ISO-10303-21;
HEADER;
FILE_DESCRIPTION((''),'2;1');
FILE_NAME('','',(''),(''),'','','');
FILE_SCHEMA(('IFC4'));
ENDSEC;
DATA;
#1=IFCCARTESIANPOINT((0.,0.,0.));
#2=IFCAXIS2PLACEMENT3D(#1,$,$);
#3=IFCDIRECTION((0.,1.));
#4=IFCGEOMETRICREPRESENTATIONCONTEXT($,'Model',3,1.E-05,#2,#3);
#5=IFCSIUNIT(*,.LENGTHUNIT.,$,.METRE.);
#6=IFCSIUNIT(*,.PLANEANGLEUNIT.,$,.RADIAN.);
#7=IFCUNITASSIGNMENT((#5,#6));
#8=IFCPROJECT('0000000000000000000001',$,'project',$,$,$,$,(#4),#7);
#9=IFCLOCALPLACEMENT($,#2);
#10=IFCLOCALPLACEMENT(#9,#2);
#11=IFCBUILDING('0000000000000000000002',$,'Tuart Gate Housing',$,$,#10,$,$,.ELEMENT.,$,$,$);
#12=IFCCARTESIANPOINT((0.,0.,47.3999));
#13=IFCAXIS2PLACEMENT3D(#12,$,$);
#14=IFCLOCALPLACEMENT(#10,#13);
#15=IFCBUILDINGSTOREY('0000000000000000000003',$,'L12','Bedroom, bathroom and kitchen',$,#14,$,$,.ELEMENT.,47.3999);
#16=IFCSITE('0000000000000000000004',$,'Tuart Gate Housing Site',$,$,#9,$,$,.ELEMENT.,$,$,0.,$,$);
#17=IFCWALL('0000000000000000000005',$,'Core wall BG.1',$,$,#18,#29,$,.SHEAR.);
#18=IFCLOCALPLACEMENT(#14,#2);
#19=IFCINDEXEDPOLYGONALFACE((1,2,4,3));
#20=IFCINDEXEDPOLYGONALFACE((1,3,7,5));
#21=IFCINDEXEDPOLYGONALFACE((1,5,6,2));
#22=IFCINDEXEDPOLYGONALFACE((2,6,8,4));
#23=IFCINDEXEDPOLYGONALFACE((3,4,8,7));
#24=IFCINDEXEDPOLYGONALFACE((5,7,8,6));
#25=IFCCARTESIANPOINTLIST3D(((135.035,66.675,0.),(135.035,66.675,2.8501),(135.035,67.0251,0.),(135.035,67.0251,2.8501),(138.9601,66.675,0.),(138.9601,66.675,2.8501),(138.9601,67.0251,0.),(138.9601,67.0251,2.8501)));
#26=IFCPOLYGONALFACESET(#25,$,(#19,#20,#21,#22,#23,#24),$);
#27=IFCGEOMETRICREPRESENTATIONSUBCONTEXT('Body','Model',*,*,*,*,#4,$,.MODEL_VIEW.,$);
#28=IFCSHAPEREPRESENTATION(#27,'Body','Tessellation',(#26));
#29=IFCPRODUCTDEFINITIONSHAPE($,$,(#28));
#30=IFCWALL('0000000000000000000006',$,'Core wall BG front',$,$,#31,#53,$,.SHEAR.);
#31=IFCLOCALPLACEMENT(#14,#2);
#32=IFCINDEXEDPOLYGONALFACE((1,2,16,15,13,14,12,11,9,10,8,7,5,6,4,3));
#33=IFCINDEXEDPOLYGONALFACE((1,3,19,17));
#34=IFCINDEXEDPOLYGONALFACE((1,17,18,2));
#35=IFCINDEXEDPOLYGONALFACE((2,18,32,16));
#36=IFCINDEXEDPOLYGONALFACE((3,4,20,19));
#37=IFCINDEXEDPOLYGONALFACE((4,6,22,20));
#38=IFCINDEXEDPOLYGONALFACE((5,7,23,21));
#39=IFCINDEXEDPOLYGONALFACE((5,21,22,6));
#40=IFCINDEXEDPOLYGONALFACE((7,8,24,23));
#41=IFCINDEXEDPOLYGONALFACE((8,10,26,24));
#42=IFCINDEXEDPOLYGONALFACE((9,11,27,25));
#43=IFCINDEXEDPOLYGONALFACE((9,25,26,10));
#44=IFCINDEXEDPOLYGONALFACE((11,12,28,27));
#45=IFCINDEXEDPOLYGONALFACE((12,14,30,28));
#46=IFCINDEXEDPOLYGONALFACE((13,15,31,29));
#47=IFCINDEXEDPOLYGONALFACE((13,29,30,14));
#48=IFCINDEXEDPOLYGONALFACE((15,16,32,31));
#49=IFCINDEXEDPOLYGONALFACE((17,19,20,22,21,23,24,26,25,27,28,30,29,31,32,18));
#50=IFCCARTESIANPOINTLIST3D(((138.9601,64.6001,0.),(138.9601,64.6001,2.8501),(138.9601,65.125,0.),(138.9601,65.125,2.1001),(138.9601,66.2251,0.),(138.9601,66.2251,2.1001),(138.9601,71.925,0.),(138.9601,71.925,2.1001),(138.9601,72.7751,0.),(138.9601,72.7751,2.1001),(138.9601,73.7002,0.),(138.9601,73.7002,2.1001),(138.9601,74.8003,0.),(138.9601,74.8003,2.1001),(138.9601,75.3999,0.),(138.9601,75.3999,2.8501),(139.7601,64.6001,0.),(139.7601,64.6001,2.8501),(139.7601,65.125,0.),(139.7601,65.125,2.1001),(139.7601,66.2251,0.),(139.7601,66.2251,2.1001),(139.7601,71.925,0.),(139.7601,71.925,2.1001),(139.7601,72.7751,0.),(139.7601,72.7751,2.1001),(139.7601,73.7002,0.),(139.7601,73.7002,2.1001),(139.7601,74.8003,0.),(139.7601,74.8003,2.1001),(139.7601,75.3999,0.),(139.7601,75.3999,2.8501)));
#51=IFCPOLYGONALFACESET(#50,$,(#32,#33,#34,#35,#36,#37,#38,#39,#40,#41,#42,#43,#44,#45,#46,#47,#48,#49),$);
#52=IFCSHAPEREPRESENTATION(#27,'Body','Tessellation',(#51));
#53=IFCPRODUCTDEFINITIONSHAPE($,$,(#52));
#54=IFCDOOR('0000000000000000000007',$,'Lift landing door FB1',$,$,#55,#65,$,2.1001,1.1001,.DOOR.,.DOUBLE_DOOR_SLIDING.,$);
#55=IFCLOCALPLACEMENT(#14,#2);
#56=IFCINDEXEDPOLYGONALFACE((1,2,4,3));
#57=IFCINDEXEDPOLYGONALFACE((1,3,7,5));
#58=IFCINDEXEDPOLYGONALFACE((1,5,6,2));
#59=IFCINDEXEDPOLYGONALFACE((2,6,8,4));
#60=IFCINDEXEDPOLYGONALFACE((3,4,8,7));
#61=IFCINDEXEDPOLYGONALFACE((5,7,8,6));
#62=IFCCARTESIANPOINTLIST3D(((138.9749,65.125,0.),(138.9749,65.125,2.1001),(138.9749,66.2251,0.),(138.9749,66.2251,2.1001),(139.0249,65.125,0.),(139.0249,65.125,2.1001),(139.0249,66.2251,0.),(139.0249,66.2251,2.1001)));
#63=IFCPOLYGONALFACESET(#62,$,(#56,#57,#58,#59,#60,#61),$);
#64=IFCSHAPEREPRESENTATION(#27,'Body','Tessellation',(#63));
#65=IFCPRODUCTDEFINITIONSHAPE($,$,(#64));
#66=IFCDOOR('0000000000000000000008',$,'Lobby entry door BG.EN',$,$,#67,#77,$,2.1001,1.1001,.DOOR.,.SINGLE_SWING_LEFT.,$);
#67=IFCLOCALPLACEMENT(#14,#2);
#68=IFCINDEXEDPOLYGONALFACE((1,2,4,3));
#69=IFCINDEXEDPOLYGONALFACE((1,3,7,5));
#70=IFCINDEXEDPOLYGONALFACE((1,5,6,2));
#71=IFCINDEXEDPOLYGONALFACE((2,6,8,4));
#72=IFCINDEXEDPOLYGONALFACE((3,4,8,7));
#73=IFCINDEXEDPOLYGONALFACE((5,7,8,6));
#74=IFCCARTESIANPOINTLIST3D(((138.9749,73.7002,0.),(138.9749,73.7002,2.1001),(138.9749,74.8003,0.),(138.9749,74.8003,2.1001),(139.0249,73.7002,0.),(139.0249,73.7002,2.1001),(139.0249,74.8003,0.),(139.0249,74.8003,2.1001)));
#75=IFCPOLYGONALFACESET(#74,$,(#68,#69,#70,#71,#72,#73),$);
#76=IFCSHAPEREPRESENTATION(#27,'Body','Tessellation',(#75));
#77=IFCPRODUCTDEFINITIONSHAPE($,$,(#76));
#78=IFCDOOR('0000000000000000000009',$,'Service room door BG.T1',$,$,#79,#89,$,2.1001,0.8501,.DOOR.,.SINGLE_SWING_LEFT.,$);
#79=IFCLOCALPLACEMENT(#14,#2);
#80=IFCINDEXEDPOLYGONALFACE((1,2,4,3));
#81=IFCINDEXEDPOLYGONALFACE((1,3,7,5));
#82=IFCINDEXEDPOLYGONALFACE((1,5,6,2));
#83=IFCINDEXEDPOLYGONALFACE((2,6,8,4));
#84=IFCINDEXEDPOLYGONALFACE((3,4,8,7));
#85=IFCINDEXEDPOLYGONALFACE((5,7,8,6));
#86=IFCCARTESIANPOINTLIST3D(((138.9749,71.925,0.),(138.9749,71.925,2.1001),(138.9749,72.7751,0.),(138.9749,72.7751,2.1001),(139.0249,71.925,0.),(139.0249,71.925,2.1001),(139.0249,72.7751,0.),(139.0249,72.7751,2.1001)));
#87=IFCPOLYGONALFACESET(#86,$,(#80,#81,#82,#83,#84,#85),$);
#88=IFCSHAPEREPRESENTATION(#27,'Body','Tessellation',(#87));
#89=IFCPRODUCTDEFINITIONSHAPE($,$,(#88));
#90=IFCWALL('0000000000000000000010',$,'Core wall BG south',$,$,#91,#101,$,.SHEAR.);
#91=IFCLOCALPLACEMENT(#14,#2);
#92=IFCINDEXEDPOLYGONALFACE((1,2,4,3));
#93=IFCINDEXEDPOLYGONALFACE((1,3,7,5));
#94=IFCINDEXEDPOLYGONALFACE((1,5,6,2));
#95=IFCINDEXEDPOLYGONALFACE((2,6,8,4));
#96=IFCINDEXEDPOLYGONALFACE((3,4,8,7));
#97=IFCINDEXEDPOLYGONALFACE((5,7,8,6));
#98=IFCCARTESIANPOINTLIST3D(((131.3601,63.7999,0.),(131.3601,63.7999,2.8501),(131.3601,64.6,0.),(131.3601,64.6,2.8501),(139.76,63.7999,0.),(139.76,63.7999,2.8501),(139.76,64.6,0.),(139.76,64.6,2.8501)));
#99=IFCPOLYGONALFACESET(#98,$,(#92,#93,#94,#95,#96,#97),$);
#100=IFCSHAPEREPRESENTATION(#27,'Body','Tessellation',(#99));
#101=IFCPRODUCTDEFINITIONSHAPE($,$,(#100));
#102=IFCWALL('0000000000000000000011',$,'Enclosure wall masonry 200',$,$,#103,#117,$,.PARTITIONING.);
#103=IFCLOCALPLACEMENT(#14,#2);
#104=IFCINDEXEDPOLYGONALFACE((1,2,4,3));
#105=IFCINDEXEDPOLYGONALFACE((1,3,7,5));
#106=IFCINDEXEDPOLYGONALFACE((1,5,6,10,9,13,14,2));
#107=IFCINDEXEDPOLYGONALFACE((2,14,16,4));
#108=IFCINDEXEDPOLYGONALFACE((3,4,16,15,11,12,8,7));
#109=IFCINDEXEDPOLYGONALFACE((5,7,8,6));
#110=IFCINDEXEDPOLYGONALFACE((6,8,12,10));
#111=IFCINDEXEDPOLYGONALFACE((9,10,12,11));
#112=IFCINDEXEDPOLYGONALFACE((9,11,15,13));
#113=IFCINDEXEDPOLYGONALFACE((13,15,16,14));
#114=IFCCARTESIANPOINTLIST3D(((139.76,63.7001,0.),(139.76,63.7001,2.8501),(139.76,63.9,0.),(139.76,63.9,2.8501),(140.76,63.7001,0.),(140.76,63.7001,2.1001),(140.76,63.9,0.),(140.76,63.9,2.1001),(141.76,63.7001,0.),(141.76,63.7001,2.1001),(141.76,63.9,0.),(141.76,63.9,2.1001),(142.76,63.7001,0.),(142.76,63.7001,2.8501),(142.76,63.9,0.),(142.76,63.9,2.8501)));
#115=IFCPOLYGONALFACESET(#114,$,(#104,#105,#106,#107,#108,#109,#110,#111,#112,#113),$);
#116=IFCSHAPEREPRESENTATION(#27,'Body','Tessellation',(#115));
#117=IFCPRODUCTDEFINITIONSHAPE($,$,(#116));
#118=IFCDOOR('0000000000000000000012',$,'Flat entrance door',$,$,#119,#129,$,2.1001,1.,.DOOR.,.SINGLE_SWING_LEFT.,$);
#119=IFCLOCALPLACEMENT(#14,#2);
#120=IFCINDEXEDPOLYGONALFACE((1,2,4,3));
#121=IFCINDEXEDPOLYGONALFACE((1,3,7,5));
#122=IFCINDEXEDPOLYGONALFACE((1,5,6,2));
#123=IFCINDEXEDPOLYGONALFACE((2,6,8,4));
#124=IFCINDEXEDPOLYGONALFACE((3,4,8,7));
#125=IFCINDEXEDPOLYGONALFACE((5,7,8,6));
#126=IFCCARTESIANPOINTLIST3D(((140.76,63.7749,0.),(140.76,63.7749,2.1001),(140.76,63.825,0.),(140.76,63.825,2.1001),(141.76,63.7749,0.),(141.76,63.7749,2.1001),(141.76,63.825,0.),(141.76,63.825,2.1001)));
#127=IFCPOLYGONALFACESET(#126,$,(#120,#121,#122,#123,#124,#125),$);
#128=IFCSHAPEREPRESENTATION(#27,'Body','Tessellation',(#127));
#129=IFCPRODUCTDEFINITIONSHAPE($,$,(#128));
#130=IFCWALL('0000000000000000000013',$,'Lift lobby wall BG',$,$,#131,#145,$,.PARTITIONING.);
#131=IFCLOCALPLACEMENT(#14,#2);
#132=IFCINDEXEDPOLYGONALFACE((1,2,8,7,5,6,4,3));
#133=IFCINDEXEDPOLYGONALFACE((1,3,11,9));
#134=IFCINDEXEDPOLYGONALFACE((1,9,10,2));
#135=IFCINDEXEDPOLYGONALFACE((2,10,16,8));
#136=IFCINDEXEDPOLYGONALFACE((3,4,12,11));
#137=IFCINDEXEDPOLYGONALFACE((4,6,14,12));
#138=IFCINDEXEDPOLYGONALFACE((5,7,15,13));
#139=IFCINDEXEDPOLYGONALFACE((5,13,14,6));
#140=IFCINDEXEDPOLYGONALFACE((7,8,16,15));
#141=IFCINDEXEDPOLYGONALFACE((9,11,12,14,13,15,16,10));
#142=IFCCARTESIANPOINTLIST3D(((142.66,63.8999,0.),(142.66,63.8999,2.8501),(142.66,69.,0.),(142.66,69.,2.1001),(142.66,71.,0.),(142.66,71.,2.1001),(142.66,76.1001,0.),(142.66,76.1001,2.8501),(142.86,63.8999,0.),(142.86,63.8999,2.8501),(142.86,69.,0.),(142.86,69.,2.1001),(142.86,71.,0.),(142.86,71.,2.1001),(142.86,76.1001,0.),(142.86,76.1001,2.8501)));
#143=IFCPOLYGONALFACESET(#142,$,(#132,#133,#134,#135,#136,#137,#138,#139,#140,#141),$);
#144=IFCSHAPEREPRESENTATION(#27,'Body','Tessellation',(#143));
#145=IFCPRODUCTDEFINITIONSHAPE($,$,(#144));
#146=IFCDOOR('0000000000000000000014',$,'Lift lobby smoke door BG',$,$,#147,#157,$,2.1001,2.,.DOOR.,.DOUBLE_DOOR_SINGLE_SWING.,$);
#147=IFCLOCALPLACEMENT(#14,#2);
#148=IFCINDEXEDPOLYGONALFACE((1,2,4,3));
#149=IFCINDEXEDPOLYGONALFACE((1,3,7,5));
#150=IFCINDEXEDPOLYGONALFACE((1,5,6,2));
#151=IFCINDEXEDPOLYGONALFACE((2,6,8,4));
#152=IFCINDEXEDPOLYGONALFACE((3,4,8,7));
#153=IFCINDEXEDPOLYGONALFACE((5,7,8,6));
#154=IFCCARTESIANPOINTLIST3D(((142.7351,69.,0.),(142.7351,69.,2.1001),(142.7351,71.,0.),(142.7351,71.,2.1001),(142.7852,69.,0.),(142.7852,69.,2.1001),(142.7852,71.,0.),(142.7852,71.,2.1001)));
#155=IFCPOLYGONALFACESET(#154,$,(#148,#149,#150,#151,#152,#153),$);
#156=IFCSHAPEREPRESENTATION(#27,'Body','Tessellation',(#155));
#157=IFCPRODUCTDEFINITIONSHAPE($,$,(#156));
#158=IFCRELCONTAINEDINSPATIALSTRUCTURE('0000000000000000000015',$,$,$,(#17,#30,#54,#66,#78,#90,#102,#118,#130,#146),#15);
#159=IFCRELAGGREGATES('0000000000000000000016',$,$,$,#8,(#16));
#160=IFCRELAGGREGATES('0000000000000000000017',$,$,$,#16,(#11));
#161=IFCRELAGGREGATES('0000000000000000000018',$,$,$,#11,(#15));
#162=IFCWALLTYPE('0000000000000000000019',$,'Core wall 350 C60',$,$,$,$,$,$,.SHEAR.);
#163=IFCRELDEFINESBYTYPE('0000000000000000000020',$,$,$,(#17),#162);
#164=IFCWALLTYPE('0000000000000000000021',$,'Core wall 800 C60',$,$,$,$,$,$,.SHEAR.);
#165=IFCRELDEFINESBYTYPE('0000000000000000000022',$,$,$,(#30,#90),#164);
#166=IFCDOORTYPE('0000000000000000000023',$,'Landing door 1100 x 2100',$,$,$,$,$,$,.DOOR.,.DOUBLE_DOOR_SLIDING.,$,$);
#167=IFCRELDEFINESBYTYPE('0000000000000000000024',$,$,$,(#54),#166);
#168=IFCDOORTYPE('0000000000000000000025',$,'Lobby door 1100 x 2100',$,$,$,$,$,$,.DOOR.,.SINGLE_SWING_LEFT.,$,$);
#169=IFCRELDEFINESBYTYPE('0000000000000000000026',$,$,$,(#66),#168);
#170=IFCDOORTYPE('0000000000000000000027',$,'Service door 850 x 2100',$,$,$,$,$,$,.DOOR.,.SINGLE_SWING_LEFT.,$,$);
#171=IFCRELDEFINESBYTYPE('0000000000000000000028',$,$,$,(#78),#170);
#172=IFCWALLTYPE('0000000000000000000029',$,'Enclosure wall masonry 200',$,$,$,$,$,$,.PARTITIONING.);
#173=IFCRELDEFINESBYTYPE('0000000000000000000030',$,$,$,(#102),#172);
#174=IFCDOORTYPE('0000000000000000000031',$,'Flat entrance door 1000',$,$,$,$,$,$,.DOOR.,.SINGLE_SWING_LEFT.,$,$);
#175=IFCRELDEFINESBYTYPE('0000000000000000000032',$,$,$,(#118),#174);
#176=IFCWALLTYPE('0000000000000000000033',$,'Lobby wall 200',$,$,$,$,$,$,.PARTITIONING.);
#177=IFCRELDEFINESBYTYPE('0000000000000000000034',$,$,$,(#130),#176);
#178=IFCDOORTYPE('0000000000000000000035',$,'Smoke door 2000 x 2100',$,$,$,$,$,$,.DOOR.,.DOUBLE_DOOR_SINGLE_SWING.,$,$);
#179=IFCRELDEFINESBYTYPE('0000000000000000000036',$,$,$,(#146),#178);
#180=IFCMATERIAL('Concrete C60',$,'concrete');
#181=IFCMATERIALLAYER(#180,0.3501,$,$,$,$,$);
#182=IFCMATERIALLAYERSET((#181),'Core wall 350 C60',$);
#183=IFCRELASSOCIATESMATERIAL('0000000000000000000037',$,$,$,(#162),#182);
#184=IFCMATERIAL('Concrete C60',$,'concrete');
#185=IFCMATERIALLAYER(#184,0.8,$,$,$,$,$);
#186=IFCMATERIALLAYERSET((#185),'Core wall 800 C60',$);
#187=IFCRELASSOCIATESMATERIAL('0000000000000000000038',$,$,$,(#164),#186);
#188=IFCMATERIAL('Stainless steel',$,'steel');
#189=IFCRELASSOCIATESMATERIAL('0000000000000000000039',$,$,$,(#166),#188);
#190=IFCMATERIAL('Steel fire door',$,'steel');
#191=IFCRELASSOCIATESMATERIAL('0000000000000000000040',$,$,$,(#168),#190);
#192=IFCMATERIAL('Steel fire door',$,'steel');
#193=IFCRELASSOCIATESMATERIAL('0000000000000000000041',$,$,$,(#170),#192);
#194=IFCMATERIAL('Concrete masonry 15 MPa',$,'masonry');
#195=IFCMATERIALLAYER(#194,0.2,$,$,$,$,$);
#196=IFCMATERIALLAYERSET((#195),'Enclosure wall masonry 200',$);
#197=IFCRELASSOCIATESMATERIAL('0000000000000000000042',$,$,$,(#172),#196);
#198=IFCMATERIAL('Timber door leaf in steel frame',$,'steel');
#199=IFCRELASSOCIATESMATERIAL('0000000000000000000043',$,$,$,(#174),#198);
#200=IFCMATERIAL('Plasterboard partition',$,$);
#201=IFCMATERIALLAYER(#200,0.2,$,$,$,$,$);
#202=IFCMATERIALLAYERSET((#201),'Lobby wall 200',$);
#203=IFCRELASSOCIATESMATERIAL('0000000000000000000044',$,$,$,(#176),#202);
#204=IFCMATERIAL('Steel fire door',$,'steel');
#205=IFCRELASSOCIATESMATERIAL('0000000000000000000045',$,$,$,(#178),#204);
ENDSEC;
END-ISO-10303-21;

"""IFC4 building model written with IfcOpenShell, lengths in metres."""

from ifc_helpers import new_model, si_unit, direction, frame, frame_2d, origin, place, context, subcontext, project, spatial, rectangle, extrude, material, layer, layer_set, type_object, element, fill, save


model = new_model("IFC4")

# Units and contexts
model_context = context("Model", 3, precision=1e-05, world=origin(), true_north=direction((0.0, 1.0)))
body_context = subcontext(model_context, "Body", "Model", "MODEL_VIEW")
ifc_project = project(units=[si_unit("LENGTHUNIT", "METRE"), si_unit("PLANEANGLEUNIT", "RADIAN")], contexts=[model_context])

# Site, building, storey
site_placement = place(None, origin())
site = spatial("IfcSite", under=ifc_project, at=site_placement, Name="Tuart Gate Housing Site", CompositionType="ELEMENT", RefElevation=0.0)
building_placement = place(site_placement, origin())
building = spatial("IfcBuilding", under=site, at=building_placement, Name="Tuart Gate Housing", CompositionType="ELEMENT")
storey_placement = place(building_placement, frame((0.0, 0.0, 47.3999)))
storey = spatial("IfcBuildingStorey", under=building, at=storey_placement, Name="L12", Description="Bedroom, bathroom and kitchen", CompositionType="ELEMENT", Elevation=47.3999)

# Wall
ifc_material_1 = material(Name="Concrete C60", Category="concrete")
ifc_layer_1 = layer(ifc_material_1, 0.3501)
ifc_layer_set_1 = layer_set([ifc_layer_1], Name="Core wall 350 C60")
wall_type_1 = type_object("IfcWallType", Name="Core wall 350 C60", PredefinedType="SHEAR", material=ifc_layer_set_1)
wall_1_placement = place(storey_placement, frame((138.96, 66.8501, 0.0), z_axis=(0.0, 0.0, 1.0), x_axis=(-1.0, 0.0, 0.0)))
element("IfcWall", 1, at=wall_1_placement, inside=storey, type_object=wall_type_1, Name="Core wall BG.1", PredefinedType="SHEAR", context=body_context, shape_type="SweptSolid", body=[
    extrude(rectangle(XDim=3.925, YDim=0.3501, at=frame_2d((1.9624, 0.0))), origin(), (0.0, 0.0, 1.0), 2.8501),
])

# Wall, openings, doors
ifc_material_2 = material(Name="Concrete C60", Category="concrete")
ifc_layer_2 = layer(ifc_material_2, 0.8)
ifc_layer_set_2 = layer_set([ifc_layer_2], Name="Core wall 800 C60")
wall_type_2 = type_object("IfcWallType", Name="Core wall 800 C60", PredefinedType="SHEAR", material=ifc_layer_set_2)
wall_2_placement = place(storey_placement, frame((139.3601, 64.6001, 0.0), z_axis=(0.0, 0.0, 1.0), x_axis=(0.0, 1.0, 0.0)))
wall_2 = element("IfcWall", 2, at=wall_2_placement, inside=storey, type_object=wall_type_2, Name="Core wall BG front", PredefinedType="SHEAR", context=body_context, shape_type="SweptSolid", body=[
    extrude(rectangle(XDim=10.7998, YDim=0.8, at=frame_2d((5.3999, 0.0))), origin(), (0.0, 0.0, 1.0), 2.8501),
])
opening_1_placement = place(wall_2_placement, frame((0.5249, 0.0, 0.0)))
opening_1 = element("IfcOpeningElement", 3, at=opening_1_placement, cuts=wall_2, PredefinedType="OPENING", context=body_context, shape_type="SweptSolid", body=[
    extrude(rectangle(XDim=1.1001, YDim=2.1001, at=frame_2d((0.55, 1.05))), frame((0.0, 0.4099, 0.0), z_axis=(0.0, -1.0, 0.0), x_axis=(1.0, 0.0, 0.0)), (0.0, 0.0, 1.0), 0.8201),
])
opening_2_placement = place(wall_2_placement, frame((9.1001, 0.0, 0.0)))
opening_2 = element("IfcOpeningElement", 4, at=opening_2_placement, cuts=wall_2, PredefinedType="OPENING", context=body_context, shape_type="SweptSolid", body=[
    extrude(rectangle(XDim=1.1001, YDim=2.1001, at=frame_2d((0.55, 1.05))), frame((0.0, 0.4099, 0.0), z_axis=(0.0, -1.0, 0.0), x_axis=(1.0, 0.0, 0.0)), (0.0, 0.0, 1.0), 0.8201),
])
opening_3_placement = place(wall_2_placement, frame((7.325, 0.0, 0.0)))
opening_3 = element("IfcOpeningElement", 5, at=opening_3_placement, cuts=wall_2, PredefinedType="OPENING", context=body_context, shape_type="SweptSolid", body=[
    extrude(rectangle(XDim=0.8501, YDim=2.1001, at=frame_2d((0.425, 1.05))), frame((0.0, 0.4099, 0.0), z_axis=(0.0, -1.0, 0.0), x_axis=(1.0, 0.0, 0.0)), (0.0, 0.0, 1.0), 0.8201),
])
ifc_material_3 = material(Name="Stainless steel", Category="steel")
door_type_1 = type_object("IfcDoorType", Name="Landing door 1100 x 2100", OperationType="DOUBLE_DOOR_SLIDING", PredefinedType="DOOR", material=ifc_material_3)
door_1_placement = place(opening_1_placement, origin())
door_1 = element("IfcDoor", 6, at=door_1_placement, inside=storey, type_object=door_type_1, Name="Lift landing door FB1", OperationType="DOUBLE_DOOR_SLIDING", OverallHeight=2.1001, OverallWidth=1.1001, PredefinedType="DOOR", context=body_context, shape_type="SweptSolid", body=[
    extrude(rectangle(XDim=1.1001, YDim=2.1001, at=frame_2d((0.55, 1.05))), frame((0.0, 0.3853, 0.0), z_axis=(0.0, -1.0, 0.0), x_axis=(1.0, 0.0, 0.0)), (0.0, 0.0, 1.0), 0.05),
])
fill(opening_1, door_1)
ifc_material_4 = material(Name="Steel fire door", Category="steel")
door_type_2 = type_object("IfcDoorType", Name="Lobby door 1100 x 2100", OperationType="SINGLE_SWING_LEFT", PredefinedType="DOOR", material=ifc_material_4)
door_2_placement = place(opening_2_placement, origin())
door_2 = element("IfcDoor", 7, at=door_2_placement, inside=storey, type_object=door_type_2, Name="Lobby entry door BG.EN", OperationType="SINGLE_SWING_LEFT", OverallHeight=2.1001, OverallWidth=1.1001, PredefinedType="DOOR", context=body_context, shape_type="SweptSolid", body=[
    extrude(rectangle(XDim=1.1001, YDim=2.1001, at=frame_2d((0.55, 1.05))), frame((0.0, 0.3853, 0.0), z_axis=(0.0, -1.0, 0.0), x_axis=(1.0, 0.0, 0.0)), (0.0, 0.0, 1.0), 0.05),
])
fill(opening_2, door_2)
ifc_material_5 = material(Name="Steel fire door", Category="steel")
door_type_3 = type_object("IfcDoorType", Name="Service door 850 x 2100", OperationType="SINGLE_SWING_LEFT", PredefinedType="DOOR", material=ifc_material_5)
door_3_placement = place(opening_3_placement, origin())
door_3 = element("IfcDoor", 8, at=door_3_placement, inside=storey, type_object=door_type_3, Name="Service room door BG.T1", OperationType="SINGLE_SWING_LEFT", OverallHeight=2.1001, OverallWidth=0.8501, PredefinedType="DOOR", context=body_context, shape_type="SweptSolid", body=[
    extrude(rectangle(XDim=0.8501, YDim=2.1001, at=frame_2d((0.425, 1.05))), frame((0.0, 0.3853, 0.0), z_axis=(0.0, -1.0, 0.0), x_axis=(1.0, 0.0, 0.0)), (0.0, 0.0, 1.0), 0.05),
])
fill(opening_3, door_3)

# Wall
wall_3_placement = place(storey_placement, frame((139.76, 64.2, 0.0), z_axis=(0.0, 0.0, 1.0), x_axis=(-1.0, 0.0, 0.0)))
element("IfcWall", 9, at=wall_3_placement, inside=storey, type_object=wall_type_2, Name="Core wall BG south", PredefinedType="SHEAR", context=body_context, shape_type="SweptSolid", body=[
    extrude(rectangle(XDim=8.3999, YDim=0.8, at=frame_2d((4.2, 0.0))), origin(), (0.0, 0.0, 1.0), 2.8501),
])

# Walls, openings, doors
ifc_material_6 = material(Name="Concrete masonry 15 MPa", Category="masonry")
ifc_layer_3 = layer(ifc_material_6, 0.2)
ifc_layer_set_3 = layer_set([ifc_layer_3], Name="Enclosure wall masonry 200")
wall_type_3 = type_object("IfcWallType", Name="Enclosure wall masonry 200", PredefinedType="PARTITIONING", material=ifc_layer_set_3)
wall_4_placement = place(storey_placement, frame((139.76, 63.8, 0.0), z_axis=(0.0, 0.0, 1.0), x_axis=(1.0, 0.0, 0.0)))
wall_4 = element("IfcWall", 10, at=wall_4_placement, inside=storey, type_object=wall_type_3, Name="Enclosure wall masonry 200", PredefinedType="PARTITIONING", context=body_context, shape_type="SweptSolid", body=[
    extrude(rectangle(XDim=3.0, YDim=0.2, at=frame_2d((1.5, 0.0))), origin(), (0.0, 0.0, 1.0), 2.8501),
])
opening_4_placement = place(wall_4_placement, frame((1.0, 0.0, 0.0)))
opening_4 = element("IfcOpeningElement", 11, at=opening_4_placement, cuts=wall_4, PredefinedType="OPENING", context=body_context, shape_type="SweptSolid", body=[
    extrude(rectangle(XDim=1.0, YDim=2.1001, at=frame_2d((0.5, 1.05))), frame((0.0, 0.1099, 0.0), z_axis=(0.0, -1.0, 0.0), x_axis=(1.0, 0.0, 0.0)), (0.0, 0.0, 1.0), 0.22),
])
ifc_material_7 = material(Name="Timber door leaf in steel frame", Category="steel")
door_type_4 = type_object("IfcDoorType", Name="Flat entrance door 1000", OperationType="SINGLE_SWING_LEFT", PredefinedType="DOOR", material=ifc_material_7)
door_4_placement = place(opening_4_placement, frame((1.0, 0.0, 0.0), z_axis=(0.0, 0.0, 1.0), x_axis=(-1.0, 0.0, 0.0)))
door_4 = element("IfcDoor", 12, at=door_4_placement, inside=storey, type_object=door_type_4, Name="Flat entrance door", OperationType="SINGLE_SWING_LEFT", OverallHeight=2.1001, OverallWidth=1.0, PredefinedType="DOOR", context=body_context, shape_type="SweptSolid", body=[
    extrude(rectangle(XDim=1.0, YDim=2.1001, at=frame_2d((0.5, 1.05))), frame((0.0, 0.0251, 0.0), z_axis=(0.0, -1.0, 0.0), x_axis=(1.0, 0.0, 0.0)), (0.0, 0.0, 1.0), 0.05),
])
fill(opening_4, door_4)
ifc_material_8 = material(Name="Plasterboard partition")
ifc_layer_4 = layer(ifc_material_8, 0.2)
ifc_layer_set_4 = layer_set([ifc_layer_4], Name="Lobby wall 200")
wall_type_4 = type_object("IfcWallType", Name="Lobby wall 200", PredefinedType="PARTITIONING", material=ifc_layer_set_4)
wall_5_placement = place(storey_placement, frame((142.76, 63.8999, 0.0), z_axis=(0.0, 0.0, 1.0), x_axis=(0.0, 1.0, 0.0)))
wall_5 = element("IfcWall", 13, at=wall_5_placement, inside=storey, type_object=wall_type_4, Name="Lift lobby wall BG", PredefinedType="PARTITIONING", context=body_context, shape_type="SweptSolid", body=[
    extrude(rectangle(XDim=12.2002, YDim=0.2, at=frame_2d((6.1001, 0.0))), origin(), (0.0, 0.0, 1.0), 2.8501),
])
opening_5_placement = place(wall_5_placement, frame((5.1001, 0.0, 0.0)))
opening_5 = element("IfcOpeningElement", 14, at=opening_5_placement, cuts=wall_5, PredefinedType="OPENING", context=body_context, shape_type="SweptSolid", body=[
    extrude(rectangle(XDim=2.0, YDim=2.1001, at=frame_2d((1.0, 1.05))), frame((0.0, 0.1099, 0.0), z_axis=(0.0, -1.0, 0.0), x_axis=(1.0, 0.0, 0.0)), (0.0, 0.0, 1.0), 0.22),
])
ifc_material_9 = material(Name="Steel fire door", Category="steel")
door_type_5 = type_object("IfcDoorType", Name="Smoke door 2000 x 2100", OperationType="DOUBLE_DOOR_SINGLE_SWING", PredefinedType="DOOR", material=ifc_material_9)
door_5_placement = place(opening_5_placement, origin())
door_5 = element("IfcDoor", 15, at=door_5_placement, inside=storey, type_object=door_type_5, Name="Lift lobby smoke door BG", OperationType="DOUBLE_DOOR_SINGLE_SWING", OverallHeight=2.1001, OverallWidth=2.0, PredefinedType="DOOR", context=body_context, shape_type="SweptSolid", body=[
    extrude(rectangle(XDim=2.0, YDim=2.1001, at=frame_2d((1.0, 1.05))), frame((0.0, 0.0249, 0.0), z_axis=(0.0, -1.0, 0.0), x_axis=(1.0, 0.0, 0.0)), (0.0, 0.0, 1.0), 0.05),
])
fill(opening_5, door_5)

save(model, "model.ifc")
